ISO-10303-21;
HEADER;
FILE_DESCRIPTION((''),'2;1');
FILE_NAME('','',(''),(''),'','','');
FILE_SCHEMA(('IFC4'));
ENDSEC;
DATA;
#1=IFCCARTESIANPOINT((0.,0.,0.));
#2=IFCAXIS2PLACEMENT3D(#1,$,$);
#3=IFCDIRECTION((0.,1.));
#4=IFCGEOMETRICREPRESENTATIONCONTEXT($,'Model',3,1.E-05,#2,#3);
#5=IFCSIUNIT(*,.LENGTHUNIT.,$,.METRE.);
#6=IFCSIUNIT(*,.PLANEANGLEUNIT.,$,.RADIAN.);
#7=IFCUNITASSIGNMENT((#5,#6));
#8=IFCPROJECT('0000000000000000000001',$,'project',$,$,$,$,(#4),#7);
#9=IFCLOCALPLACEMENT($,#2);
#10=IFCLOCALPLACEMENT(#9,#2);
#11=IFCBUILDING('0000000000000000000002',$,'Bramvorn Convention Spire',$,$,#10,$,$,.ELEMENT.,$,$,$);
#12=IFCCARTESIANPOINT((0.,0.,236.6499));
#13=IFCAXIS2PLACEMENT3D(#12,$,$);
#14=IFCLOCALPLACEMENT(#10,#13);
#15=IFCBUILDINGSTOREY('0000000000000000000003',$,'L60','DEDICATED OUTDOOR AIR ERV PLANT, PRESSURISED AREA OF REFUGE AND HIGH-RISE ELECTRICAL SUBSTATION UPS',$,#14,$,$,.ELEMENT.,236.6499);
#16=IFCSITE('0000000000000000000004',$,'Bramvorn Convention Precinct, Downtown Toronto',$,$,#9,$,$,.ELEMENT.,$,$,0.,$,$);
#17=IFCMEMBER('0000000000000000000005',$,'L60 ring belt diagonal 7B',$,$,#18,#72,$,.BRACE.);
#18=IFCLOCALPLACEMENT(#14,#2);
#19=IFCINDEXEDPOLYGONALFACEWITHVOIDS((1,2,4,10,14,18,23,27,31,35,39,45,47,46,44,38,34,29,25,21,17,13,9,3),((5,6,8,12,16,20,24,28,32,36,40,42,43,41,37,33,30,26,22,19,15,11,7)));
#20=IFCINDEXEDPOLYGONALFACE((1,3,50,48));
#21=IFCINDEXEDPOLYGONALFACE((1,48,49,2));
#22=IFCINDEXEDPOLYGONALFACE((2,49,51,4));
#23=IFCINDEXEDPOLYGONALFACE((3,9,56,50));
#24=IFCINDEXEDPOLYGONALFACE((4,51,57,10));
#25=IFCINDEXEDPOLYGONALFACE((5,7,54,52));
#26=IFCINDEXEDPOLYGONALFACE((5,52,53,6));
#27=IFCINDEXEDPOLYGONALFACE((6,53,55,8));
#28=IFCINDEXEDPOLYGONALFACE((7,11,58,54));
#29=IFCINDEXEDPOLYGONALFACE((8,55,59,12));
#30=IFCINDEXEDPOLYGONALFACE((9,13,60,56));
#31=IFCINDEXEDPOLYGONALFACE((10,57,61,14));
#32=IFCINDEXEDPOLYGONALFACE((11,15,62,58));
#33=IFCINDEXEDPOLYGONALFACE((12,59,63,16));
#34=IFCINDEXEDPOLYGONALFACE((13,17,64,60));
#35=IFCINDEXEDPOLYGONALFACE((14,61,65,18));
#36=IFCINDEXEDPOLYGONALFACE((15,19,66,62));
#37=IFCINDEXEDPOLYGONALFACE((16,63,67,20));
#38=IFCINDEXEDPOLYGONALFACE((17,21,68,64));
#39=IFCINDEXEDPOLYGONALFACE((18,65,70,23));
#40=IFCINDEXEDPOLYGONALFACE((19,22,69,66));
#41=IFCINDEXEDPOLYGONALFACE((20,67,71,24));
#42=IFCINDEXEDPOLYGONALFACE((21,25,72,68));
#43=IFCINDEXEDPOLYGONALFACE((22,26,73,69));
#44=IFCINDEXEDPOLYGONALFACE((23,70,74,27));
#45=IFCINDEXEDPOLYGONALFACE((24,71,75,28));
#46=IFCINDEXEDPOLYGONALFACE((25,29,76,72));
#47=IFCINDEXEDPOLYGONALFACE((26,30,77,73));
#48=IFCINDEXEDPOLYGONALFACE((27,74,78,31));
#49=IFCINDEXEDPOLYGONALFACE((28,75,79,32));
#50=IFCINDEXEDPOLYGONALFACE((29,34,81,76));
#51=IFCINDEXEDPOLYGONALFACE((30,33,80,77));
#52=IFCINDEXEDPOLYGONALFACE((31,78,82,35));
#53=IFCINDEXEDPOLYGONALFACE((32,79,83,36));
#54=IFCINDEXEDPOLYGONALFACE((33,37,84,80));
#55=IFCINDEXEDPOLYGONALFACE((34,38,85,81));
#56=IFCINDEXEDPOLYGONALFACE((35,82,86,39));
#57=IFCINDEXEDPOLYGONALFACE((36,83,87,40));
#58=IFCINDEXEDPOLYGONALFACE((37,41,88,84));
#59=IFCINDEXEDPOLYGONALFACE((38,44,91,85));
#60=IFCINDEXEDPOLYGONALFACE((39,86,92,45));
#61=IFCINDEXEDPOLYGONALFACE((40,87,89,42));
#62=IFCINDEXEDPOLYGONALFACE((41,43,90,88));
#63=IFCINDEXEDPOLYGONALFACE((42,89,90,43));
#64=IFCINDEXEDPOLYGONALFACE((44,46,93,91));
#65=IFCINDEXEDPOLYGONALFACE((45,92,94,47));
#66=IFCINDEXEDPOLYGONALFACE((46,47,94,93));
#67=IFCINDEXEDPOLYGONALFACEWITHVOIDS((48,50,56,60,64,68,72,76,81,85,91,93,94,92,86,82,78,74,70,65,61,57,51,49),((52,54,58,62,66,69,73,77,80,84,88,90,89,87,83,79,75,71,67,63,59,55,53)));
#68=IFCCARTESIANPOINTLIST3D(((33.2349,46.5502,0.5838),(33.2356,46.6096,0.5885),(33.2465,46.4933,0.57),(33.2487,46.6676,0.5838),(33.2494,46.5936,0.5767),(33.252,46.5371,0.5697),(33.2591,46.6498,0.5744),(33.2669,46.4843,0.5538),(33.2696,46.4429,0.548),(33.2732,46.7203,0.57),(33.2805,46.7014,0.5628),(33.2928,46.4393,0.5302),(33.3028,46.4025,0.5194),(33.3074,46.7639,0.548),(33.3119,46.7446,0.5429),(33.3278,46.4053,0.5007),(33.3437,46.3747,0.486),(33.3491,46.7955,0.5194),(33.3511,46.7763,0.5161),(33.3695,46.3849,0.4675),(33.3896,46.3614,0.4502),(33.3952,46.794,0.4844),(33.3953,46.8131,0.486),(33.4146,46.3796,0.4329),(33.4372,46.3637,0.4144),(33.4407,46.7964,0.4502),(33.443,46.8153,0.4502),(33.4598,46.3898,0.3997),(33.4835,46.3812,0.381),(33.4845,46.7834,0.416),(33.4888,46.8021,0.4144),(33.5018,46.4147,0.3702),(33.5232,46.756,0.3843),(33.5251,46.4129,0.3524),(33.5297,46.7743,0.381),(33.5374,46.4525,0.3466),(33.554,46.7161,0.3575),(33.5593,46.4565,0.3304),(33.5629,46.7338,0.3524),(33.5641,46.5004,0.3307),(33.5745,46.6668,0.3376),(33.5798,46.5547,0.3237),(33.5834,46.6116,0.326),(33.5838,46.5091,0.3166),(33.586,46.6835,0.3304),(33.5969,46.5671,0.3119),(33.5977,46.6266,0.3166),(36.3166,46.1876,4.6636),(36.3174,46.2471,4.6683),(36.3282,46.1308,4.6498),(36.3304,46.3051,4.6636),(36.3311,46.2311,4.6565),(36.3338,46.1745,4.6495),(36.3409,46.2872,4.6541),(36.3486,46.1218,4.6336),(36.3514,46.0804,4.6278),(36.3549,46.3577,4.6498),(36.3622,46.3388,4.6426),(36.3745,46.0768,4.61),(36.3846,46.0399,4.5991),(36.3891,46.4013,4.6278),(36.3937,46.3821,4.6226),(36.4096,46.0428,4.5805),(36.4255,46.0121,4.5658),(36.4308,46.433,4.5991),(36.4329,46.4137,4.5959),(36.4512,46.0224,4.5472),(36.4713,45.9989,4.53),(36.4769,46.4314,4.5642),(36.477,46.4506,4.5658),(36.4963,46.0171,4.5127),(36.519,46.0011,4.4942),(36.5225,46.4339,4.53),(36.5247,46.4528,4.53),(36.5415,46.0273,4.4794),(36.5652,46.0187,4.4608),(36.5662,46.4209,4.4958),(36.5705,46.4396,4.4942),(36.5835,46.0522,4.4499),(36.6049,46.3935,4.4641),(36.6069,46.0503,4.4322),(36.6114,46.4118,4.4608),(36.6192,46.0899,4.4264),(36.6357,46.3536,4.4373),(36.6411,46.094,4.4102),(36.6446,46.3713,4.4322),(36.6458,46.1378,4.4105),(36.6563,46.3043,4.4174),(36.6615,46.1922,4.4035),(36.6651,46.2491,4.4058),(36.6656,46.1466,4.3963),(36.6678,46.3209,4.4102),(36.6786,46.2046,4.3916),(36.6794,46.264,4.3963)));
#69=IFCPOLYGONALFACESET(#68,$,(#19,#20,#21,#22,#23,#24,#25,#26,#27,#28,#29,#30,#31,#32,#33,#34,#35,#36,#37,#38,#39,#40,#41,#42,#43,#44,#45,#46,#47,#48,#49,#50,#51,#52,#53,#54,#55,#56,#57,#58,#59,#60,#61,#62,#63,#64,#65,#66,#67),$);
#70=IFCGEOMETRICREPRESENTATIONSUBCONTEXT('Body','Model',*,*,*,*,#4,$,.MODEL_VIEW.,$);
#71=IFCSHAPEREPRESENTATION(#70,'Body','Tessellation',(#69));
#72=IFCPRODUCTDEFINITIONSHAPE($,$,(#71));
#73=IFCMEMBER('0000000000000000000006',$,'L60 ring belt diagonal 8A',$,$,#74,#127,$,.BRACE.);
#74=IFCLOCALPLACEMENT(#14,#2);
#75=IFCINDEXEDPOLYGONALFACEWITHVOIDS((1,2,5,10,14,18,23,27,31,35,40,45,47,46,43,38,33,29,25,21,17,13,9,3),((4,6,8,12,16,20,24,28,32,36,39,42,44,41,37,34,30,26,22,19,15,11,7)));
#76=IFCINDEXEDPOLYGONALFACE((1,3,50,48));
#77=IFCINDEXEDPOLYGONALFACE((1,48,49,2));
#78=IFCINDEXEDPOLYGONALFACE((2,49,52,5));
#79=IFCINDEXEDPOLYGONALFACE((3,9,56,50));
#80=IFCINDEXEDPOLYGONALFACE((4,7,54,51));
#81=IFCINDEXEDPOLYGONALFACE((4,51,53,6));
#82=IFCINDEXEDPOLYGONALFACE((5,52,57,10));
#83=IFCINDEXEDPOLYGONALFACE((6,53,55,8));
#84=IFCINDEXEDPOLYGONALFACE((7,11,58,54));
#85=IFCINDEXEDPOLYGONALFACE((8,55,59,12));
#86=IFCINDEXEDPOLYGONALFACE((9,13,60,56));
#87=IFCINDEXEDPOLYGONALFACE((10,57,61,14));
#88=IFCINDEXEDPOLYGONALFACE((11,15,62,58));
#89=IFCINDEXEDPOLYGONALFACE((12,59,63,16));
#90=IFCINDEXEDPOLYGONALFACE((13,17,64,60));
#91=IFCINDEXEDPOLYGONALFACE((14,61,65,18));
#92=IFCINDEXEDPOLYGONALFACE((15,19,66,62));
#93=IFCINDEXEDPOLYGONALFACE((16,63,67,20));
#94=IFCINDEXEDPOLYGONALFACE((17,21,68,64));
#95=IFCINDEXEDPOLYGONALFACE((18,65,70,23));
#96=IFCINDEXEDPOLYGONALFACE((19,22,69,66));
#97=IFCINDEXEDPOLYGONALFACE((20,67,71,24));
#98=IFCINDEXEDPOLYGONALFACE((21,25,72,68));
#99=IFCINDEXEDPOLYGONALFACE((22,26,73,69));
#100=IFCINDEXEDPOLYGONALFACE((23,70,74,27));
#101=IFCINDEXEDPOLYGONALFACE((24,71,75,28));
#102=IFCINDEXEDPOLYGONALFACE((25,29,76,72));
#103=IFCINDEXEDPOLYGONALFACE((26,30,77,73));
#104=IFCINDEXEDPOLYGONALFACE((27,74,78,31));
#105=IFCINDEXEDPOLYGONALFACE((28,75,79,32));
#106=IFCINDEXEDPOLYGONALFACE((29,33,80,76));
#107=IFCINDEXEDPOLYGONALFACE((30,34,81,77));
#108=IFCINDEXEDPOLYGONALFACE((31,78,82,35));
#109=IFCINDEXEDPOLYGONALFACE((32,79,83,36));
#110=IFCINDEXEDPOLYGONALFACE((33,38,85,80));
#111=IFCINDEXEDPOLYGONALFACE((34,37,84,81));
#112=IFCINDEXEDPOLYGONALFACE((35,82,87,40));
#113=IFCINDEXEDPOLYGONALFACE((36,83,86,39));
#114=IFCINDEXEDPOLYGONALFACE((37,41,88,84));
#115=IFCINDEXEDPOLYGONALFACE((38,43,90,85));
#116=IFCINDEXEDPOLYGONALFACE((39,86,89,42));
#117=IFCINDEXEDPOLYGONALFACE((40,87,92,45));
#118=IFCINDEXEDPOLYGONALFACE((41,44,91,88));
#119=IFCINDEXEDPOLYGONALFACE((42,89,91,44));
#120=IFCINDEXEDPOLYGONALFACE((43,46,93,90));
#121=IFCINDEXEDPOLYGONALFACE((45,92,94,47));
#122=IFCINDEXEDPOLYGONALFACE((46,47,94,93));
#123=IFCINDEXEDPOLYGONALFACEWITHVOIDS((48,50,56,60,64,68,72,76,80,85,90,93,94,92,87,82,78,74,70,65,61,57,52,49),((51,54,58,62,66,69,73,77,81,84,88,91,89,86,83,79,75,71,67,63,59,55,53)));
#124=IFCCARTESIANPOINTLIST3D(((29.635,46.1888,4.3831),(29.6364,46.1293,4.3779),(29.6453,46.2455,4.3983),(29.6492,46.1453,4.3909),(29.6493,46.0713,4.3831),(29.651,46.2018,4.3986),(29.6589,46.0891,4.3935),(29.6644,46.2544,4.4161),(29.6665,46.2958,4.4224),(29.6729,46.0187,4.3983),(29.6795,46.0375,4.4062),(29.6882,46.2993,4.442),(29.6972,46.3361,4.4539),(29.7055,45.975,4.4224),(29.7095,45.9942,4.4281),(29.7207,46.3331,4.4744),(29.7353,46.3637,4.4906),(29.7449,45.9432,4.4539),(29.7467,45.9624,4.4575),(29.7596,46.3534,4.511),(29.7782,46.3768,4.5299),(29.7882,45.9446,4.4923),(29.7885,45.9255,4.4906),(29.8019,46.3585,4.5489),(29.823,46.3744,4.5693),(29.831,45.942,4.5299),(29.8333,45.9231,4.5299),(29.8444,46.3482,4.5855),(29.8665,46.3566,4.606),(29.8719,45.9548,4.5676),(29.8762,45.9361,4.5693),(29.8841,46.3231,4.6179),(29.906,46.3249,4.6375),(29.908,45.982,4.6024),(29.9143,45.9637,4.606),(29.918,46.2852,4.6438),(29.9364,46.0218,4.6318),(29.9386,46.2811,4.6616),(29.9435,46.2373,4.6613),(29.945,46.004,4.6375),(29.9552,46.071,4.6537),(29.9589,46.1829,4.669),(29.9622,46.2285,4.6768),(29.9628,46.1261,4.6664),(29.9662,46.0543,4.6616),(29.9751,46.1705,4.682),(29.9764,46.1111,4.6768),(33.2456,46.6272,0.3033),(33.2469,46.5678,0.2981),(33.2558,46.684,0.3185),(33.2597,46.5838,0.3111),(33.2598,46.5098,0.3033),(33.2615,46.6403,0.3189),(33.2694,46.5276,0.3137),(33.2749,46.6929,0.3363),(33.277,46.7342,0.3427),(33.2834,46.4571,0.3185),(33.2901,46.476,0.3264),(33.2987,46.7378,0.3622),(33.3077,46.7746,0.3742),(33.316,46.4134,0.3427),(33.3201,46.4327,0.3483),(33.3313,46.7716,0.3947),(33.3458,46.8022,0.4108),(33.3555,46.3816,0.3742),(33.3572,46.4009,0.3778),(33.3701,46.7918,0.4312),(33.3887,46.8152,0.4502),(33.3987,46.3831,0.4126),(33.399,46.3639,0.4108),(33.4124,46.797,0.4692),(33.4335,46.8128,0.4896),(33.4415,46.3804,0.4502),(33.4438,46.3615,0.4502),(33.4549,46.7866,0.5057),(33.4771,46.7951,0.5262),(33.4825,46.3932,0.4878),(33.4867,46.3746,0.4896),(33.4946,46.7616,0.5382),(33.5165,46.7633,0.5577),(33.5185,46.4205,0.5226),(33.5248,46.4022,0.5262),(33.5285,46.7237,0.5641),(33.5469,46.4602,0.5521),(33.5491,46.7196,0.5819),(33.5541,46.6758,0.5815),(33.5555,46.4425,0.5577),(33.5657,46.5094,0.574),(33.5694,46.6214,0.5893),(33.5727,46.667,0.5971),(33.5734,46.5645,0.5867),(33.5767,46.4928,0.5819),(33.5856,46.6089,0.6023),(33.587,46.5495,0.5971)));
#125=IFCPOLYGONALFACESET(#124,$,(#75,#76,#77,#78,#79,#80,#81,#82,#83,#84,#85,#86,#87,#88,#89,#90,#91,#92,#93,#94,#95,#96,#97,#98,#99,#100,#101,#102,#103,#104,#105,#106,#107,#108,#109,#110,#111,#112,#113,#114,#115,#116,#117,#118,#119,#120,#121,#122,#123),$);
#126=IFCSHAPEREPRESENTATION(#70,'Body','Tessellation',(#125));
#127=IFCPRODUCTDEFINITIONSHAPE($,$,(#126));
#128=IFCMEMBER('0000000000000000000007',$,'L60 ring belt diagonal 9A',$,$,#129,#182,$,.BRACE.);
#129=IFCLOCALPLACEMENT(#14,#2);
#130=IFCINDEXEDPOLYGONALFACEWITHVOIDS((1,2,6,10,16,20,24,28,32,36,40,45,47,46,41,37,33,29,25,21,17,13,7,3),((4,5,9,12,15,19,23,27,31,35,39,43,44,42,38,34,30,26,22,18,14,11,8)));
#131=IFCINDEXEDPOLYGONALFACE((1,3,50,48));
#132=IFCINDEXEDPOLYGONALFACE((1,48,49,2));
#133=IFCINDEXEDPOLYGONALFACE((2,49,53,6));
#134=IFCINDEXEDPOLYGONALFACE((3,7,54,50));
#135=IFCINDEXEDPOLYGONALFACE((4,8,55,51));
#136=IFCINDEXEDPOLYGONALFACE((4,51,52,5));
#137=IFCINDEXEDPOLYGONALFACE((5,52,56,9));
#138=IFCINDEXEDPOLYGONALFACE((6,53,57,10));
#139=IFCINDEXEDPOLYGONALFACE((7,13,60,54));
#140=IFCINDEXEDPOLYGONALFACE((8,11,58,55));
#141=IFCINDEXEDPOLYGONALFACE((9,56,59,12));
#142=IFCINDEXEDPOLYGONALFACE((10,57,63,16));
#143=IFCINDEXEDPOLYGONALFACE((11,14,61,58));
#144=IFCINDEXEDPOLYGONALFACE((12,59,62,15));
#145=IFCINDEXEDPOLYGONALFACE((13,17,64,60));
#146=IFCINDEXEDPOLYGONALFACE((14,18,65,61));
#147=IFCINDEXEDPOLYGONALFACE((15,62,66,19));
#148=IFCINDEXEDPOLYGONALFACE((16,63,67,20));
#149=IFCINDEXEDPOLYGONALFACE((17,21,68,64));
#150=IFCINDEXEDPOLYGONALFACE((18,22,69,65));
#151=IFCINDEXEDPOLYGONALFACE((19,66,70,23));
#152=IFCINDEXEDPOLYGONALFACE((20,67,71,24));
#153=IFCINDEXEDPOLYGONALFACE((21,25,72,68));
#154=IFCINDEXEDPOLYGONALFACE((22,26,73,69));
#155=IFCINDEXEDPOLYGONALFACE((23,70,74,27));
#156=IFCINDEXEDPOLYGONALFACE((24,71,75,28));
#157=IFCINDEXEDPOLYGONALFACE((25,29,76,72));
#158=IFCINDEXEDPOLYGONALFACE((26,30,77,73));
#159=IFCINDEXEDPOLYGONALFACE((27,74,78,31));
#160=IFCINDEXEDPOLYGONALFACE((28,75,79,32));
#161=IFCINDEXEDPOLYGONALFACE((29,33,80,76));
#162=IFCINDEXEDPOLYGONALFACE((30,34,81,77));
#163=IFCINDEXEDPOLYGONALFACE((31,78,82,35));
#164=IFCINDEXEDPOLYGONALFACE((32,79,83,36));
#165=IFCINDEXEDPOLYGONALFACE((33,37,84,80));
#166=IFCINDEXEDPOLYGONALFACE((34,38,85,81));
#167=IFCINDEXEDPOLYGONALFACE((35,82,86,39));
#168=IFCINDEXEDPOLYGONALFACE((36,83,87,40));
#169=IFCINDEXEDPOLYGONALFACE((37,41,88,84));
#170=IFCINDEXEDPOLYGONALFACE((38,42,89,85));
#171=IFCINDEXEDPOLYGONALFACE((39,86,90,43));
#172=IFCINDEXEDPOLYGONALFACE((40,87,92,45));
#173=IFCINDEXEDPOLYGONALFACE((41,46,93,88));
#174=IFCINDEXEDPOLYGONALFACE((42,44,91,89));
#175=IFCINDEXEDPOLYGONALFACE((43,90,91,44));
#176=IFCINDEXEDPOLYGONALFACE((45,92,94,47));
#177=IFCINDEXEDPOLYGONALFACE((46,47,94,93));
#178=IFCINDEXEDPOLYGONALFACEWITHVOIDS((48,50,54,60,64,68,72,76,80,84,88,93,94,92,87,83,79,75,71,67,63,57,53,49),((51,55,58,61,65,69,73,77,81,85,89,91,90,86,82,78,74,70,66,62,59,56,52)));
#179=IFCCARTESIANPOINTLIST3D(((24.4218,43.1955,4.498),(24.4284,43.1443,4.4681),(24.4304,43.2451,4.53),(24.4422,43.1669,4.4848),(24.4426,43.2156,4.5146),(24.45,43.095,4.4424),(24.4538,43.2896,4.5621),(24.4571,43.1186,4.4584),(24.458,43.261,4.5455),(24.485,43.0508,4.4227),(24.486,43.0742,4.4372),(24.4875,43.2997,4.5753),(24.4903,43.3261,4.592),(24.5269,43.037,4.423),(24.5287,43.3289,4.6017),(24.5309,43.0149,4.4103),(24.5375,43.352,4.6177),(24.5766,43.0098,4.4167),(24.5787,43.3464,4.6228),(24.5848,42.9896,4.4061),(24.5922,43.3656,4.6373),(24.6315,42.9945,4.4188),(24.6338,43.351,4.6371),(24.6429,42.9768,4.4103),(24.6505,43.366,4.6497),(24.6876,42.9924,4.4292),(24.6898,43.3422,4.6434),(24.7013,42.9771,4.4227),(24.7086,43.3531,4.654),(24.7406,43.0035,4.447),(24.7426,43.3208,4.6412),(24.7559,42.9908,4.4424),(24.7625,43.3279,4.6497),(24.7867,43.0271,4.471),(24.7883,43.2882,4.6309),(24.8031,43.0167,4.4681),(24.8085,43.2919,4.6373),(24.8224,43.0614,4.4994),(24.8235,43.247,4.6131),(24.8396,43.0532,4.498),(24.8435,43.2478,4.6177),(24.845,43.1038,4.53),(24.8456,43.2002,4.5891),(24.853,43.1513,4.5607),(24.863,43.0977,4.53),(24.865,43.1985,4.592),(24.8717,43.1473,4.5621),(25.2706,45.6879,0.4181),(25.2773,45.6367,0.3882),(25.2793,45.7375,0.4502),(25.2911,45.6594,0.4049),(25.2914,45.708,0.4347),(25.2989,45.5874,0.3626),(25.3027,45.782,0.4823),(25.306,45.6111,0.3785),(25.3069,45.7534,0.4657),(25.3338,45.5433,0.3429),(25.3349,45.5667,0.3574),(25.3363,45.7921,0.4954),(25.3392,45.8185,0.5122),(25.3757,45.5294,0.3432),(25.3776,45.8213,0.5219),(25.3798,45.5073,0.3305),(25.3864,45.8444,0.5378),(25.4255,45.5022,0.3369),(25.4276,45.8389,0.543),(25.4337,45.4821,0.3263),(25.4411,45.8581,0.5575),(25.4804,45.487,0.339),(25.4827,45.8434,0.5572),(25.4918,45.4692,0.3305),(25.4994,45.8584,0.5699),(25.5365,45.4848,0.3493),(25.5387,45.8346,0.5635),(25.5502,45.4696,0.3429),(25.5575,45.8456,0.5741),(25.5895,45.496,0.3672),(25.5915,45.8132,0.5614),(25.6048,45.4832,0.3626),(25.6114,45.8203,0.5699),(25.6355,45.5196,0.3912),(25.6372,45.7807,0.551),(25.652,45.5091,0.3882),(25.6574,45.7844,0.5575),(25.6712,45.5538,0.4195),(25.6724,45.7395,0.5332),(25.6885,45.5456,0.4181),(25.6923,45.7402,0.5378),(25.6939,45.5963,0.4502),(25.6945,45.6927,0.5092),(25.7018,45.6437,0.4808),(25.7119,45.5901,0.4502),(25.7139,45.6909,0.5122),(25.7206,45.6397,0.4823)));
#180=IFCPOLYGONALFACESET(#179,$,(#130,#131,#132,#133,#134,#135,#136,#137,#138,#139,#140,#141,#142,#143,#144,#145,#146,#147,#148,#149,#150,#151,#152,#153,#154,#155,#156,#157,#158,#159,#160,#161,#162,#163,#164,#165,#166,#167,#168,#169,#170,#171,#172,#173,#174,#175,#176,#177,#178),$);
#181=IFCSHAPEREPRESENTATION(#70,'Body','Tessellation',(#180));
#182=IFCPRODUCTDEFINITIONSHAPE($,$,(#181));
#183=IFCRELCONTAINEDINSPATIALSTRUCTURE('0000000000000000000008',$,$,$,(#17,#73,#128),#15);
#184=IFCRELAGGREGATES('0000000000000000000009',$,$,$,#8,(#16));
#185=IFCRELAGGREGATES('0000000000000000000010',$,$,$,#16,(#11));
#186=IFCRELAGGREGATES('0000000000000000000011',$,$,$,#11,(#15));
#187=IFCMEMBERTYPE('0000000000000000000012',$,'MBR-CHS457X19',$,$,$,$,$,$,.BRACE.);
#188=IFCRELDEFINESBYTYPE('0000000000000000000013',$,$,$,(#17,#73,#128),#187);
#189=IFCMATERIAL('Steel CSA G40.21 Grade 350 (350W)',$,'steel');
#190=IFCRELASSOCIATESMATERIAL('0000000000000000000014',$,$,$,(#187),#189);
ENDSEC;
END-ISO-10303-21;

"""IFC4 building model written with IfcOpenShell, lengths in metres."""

from ifc_helpers import new_model, si_unit, direction, frame, origin, origin_2d, place, context, subcontext, project, spatial, hollow_circle, extrude, material, material_profile, profile_set, type_object, element, save


model = new_model("IFC4")

# Units and contexts
model_context = context("Model", 3, precision=1e-05, world=origin(), true_north=direction((0.0, 1.0)))
body_context = subcontext(model_context, "Body", "Model", "MODEL_VIEW")
ifc_project = project(units=[si_unit("LENGTHUNIT", "METRE"), si_unit("PLANEANGLEUNIT", "RADIAN")], contexts=[model_context])

# Site, building, storey
site_placement = place(None, origin())
site = spatial("IfcSite", under=ifc_project, at=site_placement, Name="Bramvorn Convention Precinct, Downtown Toronto", CompositionType="ELEMENT", RefElevation=0.0)
building_placement = place(site_placement, origin())
building = spatial("IfcBuilding", under=site, at=building_placement, Name="Bramvorn Convention Spire", CompositionType="ELEMENT")
storey_placement = place(building_placement, frame((0.0, 0.0, 236.6499)))
storey = spatial("IfcBuildingStorey", under=building, at=storey_placement, Name="L60", Description="DEDICATED OUTDOOR AIR ERV PLANT, PRESSURISED AREA OF REFUGE AND HIGH-RISE ELECTRICAL SUBSTATION UPS", CompositionType="ELEMENT", Elevation=236.6499)

# Shared definitions
ifc_material_1 = material(Name="Steel CSA G40.21 Grade 350 (350W)", Category="steel")

# Members
ifc_material_profile_1 = material_profile(ifc_material_1, hollow_circle(Radius=0.2285, WallThickness=0.019, at=origin_2d()))
ifc_profile_set_1 = profile_set([ifc_material_profile_1], Name="Steel CSA G40.21 Grade 350 (350W) - CHS457X19")
member_type_1 = type_object("IfcMemberType", Name="MBR-CHS457X19", PredefinedType="BRACE", material=ifc_profile_set_1)
member_1_placement = place(storey_placement, frame((33.4163, 46.5884, 0.4502), z_axis=(0.60123, -0.07073, 0.79594), x_axis=(0.116837, 0.993151, 0.0)))
element("IfcMember", 1, at=member_1_placement, inside=storey, type_object=member_type_1, Name="L60 ring belt diagonal 7B", PredefinedType="BRACE", context=body_context, shape_type="SweptSolid", body=[
    extrude(hollow_circle(Radius=0.2285, WallThickness=0.019, at=origin_2d()), origin(), (0.0, 0.0, 1.0), 5.1257),
])
member_2_placement = place(storey_placement, frame((33.4163, 46.5884, 0.4502), z_axis=(-0.660593, -0.080224, 0.746445), x_axis=(0.120556, -0.992707, 0.0)))
element("IfcMember", 2, at=member_2_placement, inside=storey, type_object=member_type_1, Name="L60 ring belt diagonal 8A", PredefinedType="BRACE", context=body_context, shape_type="SweptSolid", body=[
    extrude(hollow_circle(Radius=0.2285, WallThickness=0.019, at=origin_2d()), origin(), (0.0, 0.0, 1.0), 5.4656),
])
member_3_placement = place(storey_placement, frame((25.4956, 45.6638, 0.4502), z_axis=(-0.174821, -0.5133, 0.840215), x_axis=(0.946605, -0.322396, 0.0)))
element("IfcMember", 3, at=member_3_placement, inside=storey, type_object=member_type_1, Name="L60 ring belt diagonal 9A", PredefinedType="BRACE", context=body_context, shape_type="SweptSolid", body=[
    extrude(hollow_circle(Radius=0.2285, WallThickness=0.019, at=origin_2d()), origin(), (0.0, 0.0, 1.0), 4.8557),
])

save(model, "model.ifc")
